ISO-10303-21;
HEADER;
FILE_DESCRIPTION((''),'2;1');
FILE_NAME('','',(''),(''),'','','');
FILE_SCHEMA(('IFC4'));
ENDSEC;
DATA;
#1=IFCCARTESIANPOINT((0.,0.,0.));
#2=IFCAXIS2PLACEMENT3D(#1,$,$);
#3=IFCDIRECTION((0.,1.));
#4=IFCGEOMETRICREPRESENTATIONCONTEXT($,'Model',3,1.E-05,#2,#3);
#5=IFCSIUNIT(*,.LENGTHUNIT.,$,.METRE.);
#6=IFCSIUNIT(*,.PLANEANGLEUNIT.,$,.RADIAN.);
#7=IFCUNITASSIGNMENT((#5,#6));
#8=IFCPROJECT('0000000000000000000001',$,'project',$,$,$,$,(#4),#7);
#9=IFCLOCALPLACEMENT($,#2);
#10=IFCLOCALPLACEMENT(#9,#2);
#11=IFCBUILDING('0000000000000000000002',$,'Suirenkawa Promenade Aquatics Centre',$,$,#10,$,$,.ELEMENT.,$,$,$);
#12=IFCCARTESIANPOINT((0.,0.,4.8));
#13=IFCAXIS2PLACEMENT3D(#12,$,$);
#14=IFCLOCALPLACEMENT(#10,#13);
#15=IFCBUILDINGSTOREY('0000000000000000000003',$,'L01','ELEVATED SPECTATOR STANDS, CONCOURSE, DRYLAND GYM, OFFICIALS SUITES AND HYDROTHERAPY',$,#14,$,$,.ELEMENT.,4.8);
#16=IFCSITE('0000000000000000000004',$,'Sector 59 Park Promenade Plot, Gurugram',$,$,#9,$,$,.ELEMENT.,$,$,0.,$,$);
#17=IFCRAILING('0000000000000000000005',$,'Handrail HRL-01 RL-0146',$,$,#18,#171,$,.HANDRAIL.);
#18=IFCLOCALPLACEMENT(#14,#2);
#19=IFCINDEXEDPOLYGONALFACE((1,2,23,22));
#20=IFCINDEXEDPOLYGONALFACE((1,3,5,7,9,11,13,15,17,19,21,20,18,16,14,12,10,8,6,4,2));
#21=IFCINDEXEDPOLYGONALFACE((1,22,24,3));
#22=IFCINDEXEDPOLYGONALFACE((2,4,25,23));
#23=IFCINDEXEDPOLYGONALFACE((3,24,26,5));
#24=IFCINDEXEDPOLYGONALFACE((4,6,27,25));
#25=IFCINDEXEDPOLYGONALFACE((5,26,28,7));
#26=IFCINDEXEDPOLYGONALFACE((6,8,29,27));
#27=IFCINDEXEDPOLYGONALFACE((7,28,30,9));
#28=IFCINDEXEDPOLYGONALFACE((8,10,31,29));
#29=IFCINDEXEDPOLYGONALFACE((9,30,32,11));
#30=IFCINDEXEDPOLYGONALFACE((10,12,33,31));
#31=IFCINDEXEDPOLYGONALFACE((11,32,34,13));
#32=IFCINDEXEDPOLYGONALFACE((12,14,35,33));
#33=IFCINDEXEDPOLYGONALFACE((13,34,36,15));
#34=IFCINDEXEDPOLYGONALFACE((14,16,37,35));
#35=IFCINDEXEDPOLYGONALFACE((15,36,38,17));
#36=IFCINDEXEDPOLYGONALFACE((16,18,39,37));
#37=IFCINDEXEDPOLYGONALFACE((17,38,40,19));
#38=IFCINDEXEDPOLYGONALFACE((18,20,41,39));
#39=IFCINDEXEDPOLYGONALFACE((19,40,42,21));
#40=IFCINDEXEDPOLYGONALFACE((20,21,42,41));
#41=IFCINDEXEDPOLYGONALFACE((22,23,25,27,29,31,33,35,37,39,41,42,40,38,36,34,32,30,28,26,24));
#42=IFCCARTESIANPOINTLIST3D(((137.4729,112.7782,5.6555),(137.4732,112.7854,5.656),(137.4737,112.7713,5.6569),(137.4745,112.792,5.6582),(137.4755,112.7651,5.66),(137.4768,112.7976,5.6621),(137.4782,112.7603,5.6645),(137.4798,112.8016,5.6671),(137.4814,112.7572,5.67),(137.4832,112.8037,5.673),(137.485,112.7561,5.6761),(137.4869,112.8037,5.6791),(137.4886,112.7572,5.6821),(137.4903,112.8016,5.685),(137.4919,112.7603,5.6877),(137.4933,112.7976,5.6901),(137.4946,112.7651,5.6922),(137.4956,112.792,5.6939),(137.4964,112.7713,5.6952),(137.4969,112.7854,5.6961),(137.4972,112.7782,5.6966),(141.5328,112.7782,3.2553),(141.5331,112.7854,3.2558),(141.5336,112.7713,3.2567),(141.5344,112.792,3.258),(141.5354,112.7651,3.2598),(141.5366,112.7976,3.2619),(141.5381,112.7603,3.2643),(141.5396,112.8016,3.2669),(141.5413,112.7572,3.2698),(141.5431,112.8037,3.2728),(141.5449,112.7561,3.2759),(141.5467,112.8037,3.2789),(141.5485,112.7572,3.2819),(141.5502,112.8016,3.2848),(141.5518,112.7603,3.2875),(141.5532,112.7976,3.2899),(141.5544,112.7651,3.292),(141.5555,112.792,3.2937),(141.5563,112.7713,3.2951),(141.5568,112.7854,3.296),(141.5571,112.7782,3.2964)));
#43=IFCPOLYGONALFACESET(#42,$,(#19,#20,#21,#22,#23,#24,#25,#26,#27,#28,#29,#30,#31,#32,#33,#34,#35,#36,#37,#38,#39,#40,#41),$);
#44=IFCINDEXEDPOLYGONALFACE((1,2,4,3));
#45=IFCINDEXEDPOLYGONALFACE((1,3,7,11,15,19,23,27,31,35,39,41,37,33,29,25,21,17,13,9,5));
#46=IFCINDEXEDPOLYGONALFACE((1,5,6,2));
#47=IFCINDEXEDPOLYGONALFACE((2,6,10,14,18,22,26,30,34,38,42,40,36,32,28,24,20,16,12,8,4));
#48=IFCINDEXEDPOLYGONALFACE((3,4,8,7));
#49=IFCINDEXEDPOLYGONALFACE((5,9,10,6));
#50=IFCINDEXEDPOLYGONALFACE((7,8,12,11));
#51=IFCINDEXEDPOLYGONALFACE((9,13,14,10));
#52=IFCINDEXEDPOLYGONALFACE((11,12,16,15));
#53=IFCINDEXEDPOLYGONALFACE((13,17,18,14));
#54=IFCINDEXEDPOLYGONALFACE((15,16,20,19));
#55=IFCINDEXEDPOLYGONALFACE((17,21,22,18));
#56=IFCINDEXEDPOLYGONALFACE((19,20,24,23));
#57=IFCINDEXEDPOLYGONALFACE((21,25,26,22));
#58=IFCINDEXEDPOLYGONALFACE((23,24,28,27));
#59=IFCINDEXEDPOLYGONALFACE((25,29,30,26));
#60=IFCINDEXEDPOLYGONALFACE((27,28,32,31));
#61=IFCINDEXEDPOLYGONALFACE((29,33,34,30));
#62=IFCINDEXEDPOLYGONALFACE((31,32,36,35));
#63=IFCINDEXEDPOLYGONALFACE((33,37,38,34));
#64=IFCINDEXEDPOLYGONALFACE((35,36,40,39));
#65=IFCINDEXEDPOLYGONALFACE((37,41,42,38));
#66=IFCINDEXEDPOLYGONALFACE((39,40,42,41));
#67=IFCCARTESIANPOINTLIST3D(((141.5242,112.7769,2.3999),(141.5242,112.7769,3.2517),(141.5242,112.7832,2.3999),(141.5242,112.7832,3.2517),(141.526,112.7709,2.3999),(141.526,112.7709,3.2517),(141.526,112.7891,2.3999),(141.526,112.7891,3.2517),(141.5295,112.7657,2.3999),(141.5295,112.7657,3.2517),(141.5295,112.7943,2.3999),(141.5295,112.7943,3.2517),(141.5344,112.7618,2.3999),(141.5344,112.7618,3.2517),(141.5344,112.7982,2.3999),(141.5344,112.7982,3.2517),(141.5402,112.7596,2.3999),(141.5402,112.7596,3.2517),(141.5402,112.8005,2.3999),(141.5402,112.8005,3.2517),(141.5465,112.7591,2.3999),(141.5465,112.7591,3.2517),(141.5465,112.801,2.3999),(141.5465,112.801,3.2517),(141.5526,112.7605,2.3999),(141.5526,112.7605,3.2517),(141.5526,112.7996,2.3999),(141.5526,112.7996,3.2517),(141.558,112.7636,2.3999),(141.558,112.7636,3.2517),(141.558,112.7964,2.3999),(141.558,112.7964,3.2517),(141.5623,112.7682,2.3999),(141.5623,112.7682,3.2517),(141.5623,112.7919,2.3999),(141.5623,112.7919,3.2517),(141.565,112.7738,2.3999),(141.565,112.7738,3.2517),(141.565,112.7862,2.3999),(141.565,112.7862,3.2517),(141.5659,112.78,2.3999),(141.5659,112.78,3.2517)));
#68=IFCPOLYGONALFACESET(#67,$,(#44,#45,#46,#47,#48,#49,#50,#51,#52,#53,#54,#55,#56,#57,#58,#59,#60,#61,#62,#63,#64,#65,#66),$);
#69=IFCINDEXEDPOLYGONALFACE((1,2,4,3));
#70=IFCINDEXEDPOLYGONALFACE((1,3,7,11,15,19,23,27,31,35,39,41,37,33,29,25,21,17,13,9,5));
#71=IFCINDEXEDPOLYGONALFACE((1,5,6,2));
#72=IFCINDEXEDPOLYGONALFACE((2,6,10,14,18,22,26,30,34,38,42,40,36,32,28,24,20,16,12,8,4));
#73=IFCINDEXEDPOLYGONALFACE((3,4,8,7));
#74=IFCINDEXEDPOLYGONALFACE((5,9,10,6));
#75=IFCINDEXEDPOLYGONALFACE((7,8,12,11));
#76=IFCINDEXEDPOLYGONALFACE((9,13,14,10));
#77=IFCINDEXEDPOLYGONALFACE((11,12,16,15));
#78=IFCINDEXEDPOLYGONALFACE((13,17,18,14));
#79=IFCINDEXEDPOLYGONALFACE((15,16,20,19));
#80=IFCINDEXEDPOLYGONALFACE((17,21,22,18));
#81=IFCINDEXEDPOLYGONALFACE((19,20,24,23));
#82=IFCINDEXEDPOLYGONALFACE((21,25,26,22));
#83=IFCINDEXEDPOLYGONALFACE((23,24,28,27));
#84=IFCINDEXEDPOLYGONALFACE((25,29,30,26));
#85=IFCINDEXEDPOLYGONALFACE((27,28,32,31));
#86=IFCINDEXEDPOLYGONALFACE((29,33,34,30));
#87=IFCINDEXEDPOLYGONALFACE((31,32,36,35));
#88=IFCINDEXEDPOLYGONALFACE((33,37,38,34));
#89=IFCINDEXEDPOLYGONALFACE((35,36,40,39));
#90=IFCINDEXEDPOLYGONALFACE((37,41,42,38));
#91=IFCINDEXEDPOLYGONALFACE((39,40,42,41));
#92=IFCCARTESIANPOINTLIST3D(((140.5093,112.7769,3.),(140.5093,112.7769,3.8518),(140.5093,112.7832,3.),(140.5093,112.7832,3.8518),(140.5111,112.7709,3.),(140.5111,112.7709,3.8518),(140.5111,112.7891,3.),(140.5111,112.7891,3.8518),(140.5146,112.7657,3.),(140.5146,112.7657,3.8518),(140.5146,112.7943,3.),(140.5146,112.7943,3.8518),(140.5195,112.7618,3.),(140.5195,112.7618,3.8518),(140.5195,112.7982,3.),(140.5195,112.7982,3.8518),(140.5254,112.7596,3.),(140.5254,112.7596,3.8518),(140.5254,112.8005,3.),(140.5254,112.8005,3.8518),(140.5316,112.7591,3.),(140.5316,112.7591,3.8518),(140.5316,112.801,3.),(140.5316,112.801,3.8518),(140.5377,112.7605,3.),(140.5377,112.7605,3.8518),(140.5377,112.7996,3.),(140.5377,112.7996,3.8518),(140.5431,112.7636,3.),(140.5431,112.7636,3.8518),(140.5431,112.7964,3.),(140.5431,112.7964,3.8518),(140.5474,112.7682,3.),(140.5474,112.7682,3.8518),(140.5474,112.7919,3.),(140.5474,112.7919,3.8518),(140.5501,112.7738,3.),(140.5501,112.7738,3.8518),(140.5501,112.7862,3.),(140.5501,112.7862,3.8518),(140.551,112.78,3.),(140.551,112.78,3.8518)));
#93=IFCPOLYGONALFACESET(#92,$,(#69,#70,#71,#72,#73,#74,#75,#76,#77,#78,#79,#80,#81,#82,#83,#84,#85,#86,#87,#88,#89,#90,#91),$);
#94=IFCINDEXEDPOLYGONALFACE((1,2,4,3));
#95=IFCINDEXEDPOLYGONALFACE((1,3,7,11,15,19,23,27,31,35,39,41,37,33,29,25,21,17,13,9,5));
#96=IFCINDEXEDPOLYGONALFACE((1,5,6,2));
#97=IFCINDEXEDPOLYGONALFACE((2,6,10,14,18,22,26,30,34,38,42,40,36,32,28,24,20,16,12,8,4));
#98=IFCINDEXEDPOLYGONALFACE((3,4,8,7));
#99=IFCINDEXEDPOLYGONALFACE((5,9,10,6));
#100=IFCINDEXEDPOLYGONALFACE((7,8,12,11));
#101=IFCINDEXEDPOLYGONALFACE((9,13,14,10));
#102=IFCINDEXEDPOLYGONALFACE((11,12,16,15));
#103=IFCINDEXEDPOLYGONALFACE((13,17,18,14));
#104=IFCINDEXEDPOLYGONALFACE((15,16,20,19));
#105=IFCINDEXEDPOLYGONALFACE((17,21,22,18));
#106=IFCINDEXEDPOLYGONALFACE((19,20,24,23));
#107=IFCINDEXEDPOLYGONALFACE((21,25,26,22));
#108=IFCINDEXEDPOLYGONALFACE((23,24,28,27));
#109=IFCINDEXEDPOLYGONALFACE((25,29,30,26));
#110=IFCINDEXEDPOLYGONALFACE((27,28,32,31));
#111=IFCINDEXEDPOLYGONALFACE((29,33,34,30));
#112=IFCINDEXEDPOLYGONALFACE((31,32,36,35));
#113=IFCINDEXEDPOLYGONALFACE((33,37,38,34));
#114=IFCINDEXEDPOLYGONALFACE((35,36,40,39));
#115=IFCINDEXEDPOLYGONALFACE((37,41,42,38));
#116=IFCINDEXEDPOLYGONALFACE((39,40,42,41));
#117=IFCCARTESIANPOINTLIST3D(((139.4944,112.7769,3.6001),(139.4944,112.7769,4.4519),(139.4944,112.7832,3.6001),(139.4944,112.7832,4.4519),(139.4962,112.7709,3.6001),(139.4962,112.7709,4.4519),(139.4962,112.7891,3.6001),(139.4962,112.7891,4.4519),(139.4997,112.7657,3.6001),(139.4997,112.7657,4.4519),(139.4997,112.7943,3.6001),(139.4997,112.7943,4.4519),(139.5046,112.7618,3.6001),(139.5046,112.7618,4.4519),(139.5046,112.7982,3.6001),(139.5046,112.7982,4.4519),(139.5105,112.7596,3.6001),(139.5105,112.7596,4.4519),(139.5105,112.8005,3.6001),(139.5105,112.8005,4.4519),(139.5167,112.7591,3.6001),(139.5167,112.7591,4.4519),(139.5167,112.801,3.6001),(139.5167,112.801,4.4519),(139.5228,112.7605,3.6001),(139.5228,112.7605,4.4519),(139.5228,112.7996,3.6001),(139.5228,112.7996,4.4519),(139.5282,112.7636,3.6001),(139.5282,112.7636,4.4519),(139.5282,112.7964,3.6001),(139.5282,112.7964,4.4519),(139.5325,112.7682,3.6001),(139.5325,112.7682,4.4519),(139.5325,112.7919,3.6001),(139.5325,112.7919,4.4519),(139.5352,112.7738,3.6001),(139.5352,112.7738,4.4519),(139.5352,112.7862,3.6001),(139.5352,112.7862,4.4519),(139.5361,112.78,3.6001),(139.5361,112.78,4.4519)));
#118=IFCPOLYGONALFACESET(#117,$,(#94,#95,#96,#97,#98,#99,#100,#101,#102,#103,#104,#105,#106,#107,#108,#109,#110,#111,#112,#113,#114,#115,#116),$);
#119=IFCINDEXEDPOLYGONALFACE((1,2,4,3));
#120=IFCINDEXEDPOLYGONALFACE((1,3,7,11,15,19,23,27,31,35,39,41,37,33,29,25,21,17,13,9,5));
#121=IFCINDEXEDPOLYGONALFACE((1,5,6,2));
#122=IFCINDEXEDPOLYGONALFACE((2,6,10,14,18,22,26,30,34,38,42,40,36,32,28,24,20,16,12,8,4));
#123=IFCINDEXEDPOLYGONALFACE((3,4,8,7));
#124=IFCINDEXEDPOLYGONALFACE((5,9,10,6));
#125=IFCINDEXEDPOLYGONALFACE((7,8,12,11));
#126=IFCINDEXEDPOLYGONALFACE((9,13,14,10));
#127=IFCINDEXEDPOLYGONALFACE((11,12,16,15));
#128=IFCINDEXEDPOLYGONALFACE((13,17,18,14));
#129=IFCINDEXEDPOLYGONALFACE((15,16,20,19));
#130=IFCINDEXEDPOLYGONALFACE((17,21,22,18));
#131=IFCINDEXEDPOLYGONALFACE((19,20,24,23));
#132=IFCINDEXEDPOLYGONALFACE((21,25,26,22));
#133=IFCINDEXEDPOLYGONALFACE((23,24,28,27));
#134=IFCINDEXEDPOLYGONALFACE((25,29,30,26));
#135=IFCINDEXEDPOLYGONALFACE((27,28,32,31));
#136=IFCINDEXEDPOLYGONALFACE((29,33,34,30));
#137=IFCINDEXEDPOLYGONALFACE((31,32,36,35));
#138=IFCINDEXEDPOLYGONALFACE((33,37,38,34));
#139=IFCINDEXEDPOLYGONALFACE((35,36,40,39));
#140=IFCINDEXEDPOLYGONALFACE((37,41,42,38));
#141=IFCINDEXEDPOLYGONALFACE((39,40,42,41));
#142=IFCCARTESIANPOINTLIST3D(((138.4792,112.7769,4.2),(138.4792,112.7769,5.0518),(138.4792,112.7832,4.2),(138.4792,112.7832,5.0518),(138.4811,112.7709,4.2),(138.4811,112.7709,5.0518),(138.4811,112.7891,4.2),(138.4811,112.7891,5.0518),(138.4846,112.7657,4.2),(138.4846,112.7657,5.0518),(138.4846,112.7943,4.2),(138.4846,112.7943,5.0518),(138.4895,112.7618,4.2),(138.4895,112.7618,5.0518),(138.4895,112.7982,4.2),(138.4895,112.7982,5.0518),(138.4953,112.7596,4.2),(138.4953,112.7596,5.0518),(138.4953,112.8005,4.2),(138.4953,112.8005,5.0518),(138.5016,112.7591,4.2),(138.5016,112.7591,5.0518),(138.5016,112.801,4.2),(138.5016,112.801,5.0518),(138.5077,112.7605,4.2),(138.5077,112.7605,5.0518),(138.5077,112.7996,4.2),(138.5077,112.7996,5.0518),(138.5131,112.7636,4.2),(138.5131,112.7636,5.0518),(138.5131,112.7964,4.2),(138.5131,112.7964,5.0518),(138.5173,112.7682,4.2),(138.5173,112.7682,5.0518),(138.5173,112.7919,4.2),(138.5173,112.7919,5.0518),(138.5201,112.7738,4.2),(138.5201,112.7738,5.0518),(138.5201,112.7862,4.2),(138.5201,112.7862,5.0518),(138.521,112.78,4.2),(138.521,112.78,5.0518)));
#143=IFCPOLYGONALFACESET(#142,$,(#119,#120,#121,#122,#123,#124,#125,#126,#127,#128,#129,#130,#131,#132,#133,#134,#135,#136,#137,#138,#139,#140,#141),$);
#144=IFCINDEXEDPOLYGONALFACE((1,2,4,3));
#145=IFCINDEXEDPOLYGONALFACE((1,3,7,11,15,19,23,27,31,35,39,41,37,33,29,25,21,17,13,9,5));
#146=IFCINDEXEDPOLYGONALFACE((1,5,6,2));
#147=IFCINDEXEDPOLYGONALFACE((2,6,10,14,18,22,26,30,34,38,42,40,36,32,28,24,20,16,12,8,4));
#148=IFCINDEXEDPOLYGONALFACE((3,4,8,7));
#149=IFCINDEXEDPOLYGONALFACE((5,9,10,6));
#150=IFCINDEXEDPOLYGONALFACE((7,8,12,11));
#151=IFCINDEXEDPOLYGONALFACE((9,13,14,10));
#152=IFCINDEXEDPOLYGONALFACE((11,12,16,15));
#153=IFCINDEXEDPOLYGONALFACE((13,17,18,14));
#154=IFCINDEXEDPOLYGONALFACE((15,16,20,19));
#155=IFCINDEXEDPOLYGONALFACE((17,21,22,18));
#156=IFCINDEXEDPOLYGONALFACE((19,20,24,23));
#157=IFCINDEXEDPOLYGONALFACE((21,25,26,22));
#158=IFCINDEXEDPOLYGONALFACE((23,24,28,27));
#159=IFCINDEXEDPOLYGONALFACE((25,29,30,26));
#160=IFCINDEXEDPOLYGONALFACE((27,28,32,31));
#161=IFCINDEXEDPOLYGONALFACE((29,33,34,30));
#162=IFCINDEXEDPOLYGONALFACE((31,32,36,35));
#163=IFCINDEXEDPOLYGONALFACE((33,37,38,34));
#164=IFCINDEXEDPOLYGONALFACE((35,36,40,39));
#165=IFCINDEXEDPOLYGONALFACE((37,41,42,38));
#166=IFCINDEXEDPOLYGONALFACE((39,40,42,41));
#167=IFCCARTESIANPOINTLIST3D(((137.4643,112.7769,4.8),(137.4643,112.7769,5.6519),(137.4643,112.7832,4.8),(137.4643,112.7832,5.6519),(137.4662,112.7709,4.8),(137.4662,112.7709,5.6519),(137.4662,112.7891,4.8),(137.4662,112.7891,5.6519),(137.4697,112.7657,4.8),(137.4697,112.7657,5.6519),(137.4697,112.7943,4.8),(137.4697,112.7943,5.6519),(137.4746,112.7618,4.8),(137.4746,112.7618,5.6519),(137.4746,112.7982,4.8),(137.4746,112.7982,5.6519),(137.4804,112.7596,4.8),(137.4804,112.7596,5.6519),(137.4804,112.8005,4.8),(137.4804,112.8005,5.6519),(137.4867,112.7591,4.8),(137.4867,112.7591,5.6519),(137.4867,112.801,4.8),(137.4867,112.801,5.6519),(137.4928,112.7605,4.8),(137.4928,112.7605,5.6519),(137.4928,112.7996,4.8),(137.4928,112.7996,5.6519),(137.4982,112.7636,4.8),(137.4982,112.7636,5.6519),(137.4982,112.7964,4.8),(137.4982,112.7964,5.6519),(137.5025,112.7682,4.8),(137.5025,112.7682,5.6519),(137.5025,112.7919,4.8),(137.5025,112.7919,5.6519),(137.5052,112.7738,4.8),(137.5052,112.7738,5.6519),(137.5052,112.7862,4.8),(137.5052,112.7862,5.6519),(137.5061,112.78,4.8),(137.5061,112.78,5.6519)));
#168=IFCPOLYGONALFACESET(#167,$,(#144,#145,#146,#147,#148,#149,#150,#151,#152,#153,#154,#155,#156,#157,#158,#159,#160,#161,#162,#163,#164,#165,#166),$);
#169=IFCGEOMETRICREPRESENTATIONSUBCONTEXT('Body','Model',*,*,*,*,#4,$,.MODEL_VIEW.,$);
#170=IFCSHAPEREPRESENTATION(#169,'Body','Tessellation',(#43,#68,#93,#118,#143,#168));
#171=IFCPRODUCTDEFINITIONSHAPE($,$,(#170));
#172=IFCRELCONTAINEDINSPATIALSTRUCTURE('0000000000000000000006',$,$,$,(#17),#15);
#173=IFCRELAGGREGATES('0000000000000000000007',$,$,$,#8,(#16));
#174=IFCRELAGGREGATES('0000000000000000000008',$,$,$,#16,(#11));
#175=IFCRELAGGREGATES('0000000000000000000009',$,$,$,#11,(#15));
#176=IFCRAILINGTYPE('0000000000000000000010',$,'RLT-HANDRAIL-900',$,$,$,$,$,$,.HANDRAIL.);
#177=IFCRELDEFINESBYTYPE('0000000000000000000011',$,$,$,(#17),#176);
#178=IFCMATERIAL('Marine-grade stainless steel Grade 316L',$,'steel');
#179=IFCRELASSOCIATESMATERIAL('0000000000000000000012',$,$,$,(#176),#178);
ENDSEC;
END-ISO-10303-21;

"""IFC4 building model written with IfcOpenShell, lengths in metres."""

from ifc_helpers import new_model, si_unit, direction, frame, origin, origin_2d, place, context, subcontext, project, spatial, circle, extrude, material, type_object, element, save


model = new_model("IFC4")

# Units and contexts
model_context = context("Model", 3, precision=1e-05, world=origin(), true_north=direction((0.0, 1.0)))
body_context = subcontext(model_context, "Body", "Model", "MODEL_VIEW")
ifc_project = project(units=[si_unit("LENGTHUNIT", "METRE"), si_unit("PLANEANGLEUNIT", "RADIAN")], contexts=[model_context])

# Site, building, storey
site_placement = place(None, origin())
site = spatial("IfcSite", under=ifc_project, at=site_placement, Name="Sector 59 Park Promenade Plot, Gurugram", CompositionType="ELEMENT", RefElevation=0.0)
building_placement = place(site_placement, origin())
building = spatial("IfcBuilding", under=site, at=building_placement, Name="Suirenkawa Promenade Aquatics Centre", CompositionType="ELEMENT")
storey_placement = place(building_placement, frame((0.0, 0.0, 4.8)))
storey = spatial("IfcBuildingStorey", under=building, at=storey_placement, Name="L01", Description="ELEVATED SPECTATOR STANDS, CONCOURSE, DRYLAND GYM, OFFICIALS SUITES AND HYDROTHERAPY", CompositionType="ELEMENT", Elevation=4.8)

# Railing
ifc_material_1 = material(Name="Marine-grade stainless steel Grade 316L", Category="steel")
railing_type_1 = type_object("IfcRailingType", Name="RLT-HANDRAIL-900", PredefinedType="HANDRAIL", material=ifc_material_1)
for number, where, name in (
    (1, (141.5449, 112.78, 2.3999), "Handrail HRL-01 RL-0146"),
):
    element("IfcRailing", number, at=place(storey_placement, frame(where)), inside=storey, type_object=railing_type_1, Name=name, PredefinedType="HANDRAIL", context=body_context, shape_type="SweptSolid", body=[
        extrude(circle(Radius=0.0239, at=origin_2d()), frame((0.0, 0.0, 0.876), z_axis=(-0.860818, 0.0, 0.508912), x_axis=(0.0, -1.0, 0.0)), (0.0, 0.0, 1.0), 4.7163),
        extrude(circle(Radius=0.021, at=origin_2d()), origin(), (0.0, 0.0, 1.0), 0.8518),
        extrude(circle(Radius=0.021, at=origin_2d()), frame((-1.0149, 0.0, 0.6001)), (0.0, 0.0, 1.0), 0.8518),
        extrude(circle(Radius=0.021, at=origin_2d()), frame((-2.0298, 0.0, 1.2002)), (0.0, 0.0, 1.0), 0.8518),
        extrude(circle(Radius=0.021, at=origin_2d()), frame((-3.0449, 0.0, 1.8)), (0.0, 0.0, 1.0), 0.8518),
        extrude(circle(Radius=0.021, at=origin_2d()), frame((-4.0598, 0.0, 2.4001)), (0.0, 0.0, 1.0), 0.8518),
    ])

save(model, "model.ifc")
